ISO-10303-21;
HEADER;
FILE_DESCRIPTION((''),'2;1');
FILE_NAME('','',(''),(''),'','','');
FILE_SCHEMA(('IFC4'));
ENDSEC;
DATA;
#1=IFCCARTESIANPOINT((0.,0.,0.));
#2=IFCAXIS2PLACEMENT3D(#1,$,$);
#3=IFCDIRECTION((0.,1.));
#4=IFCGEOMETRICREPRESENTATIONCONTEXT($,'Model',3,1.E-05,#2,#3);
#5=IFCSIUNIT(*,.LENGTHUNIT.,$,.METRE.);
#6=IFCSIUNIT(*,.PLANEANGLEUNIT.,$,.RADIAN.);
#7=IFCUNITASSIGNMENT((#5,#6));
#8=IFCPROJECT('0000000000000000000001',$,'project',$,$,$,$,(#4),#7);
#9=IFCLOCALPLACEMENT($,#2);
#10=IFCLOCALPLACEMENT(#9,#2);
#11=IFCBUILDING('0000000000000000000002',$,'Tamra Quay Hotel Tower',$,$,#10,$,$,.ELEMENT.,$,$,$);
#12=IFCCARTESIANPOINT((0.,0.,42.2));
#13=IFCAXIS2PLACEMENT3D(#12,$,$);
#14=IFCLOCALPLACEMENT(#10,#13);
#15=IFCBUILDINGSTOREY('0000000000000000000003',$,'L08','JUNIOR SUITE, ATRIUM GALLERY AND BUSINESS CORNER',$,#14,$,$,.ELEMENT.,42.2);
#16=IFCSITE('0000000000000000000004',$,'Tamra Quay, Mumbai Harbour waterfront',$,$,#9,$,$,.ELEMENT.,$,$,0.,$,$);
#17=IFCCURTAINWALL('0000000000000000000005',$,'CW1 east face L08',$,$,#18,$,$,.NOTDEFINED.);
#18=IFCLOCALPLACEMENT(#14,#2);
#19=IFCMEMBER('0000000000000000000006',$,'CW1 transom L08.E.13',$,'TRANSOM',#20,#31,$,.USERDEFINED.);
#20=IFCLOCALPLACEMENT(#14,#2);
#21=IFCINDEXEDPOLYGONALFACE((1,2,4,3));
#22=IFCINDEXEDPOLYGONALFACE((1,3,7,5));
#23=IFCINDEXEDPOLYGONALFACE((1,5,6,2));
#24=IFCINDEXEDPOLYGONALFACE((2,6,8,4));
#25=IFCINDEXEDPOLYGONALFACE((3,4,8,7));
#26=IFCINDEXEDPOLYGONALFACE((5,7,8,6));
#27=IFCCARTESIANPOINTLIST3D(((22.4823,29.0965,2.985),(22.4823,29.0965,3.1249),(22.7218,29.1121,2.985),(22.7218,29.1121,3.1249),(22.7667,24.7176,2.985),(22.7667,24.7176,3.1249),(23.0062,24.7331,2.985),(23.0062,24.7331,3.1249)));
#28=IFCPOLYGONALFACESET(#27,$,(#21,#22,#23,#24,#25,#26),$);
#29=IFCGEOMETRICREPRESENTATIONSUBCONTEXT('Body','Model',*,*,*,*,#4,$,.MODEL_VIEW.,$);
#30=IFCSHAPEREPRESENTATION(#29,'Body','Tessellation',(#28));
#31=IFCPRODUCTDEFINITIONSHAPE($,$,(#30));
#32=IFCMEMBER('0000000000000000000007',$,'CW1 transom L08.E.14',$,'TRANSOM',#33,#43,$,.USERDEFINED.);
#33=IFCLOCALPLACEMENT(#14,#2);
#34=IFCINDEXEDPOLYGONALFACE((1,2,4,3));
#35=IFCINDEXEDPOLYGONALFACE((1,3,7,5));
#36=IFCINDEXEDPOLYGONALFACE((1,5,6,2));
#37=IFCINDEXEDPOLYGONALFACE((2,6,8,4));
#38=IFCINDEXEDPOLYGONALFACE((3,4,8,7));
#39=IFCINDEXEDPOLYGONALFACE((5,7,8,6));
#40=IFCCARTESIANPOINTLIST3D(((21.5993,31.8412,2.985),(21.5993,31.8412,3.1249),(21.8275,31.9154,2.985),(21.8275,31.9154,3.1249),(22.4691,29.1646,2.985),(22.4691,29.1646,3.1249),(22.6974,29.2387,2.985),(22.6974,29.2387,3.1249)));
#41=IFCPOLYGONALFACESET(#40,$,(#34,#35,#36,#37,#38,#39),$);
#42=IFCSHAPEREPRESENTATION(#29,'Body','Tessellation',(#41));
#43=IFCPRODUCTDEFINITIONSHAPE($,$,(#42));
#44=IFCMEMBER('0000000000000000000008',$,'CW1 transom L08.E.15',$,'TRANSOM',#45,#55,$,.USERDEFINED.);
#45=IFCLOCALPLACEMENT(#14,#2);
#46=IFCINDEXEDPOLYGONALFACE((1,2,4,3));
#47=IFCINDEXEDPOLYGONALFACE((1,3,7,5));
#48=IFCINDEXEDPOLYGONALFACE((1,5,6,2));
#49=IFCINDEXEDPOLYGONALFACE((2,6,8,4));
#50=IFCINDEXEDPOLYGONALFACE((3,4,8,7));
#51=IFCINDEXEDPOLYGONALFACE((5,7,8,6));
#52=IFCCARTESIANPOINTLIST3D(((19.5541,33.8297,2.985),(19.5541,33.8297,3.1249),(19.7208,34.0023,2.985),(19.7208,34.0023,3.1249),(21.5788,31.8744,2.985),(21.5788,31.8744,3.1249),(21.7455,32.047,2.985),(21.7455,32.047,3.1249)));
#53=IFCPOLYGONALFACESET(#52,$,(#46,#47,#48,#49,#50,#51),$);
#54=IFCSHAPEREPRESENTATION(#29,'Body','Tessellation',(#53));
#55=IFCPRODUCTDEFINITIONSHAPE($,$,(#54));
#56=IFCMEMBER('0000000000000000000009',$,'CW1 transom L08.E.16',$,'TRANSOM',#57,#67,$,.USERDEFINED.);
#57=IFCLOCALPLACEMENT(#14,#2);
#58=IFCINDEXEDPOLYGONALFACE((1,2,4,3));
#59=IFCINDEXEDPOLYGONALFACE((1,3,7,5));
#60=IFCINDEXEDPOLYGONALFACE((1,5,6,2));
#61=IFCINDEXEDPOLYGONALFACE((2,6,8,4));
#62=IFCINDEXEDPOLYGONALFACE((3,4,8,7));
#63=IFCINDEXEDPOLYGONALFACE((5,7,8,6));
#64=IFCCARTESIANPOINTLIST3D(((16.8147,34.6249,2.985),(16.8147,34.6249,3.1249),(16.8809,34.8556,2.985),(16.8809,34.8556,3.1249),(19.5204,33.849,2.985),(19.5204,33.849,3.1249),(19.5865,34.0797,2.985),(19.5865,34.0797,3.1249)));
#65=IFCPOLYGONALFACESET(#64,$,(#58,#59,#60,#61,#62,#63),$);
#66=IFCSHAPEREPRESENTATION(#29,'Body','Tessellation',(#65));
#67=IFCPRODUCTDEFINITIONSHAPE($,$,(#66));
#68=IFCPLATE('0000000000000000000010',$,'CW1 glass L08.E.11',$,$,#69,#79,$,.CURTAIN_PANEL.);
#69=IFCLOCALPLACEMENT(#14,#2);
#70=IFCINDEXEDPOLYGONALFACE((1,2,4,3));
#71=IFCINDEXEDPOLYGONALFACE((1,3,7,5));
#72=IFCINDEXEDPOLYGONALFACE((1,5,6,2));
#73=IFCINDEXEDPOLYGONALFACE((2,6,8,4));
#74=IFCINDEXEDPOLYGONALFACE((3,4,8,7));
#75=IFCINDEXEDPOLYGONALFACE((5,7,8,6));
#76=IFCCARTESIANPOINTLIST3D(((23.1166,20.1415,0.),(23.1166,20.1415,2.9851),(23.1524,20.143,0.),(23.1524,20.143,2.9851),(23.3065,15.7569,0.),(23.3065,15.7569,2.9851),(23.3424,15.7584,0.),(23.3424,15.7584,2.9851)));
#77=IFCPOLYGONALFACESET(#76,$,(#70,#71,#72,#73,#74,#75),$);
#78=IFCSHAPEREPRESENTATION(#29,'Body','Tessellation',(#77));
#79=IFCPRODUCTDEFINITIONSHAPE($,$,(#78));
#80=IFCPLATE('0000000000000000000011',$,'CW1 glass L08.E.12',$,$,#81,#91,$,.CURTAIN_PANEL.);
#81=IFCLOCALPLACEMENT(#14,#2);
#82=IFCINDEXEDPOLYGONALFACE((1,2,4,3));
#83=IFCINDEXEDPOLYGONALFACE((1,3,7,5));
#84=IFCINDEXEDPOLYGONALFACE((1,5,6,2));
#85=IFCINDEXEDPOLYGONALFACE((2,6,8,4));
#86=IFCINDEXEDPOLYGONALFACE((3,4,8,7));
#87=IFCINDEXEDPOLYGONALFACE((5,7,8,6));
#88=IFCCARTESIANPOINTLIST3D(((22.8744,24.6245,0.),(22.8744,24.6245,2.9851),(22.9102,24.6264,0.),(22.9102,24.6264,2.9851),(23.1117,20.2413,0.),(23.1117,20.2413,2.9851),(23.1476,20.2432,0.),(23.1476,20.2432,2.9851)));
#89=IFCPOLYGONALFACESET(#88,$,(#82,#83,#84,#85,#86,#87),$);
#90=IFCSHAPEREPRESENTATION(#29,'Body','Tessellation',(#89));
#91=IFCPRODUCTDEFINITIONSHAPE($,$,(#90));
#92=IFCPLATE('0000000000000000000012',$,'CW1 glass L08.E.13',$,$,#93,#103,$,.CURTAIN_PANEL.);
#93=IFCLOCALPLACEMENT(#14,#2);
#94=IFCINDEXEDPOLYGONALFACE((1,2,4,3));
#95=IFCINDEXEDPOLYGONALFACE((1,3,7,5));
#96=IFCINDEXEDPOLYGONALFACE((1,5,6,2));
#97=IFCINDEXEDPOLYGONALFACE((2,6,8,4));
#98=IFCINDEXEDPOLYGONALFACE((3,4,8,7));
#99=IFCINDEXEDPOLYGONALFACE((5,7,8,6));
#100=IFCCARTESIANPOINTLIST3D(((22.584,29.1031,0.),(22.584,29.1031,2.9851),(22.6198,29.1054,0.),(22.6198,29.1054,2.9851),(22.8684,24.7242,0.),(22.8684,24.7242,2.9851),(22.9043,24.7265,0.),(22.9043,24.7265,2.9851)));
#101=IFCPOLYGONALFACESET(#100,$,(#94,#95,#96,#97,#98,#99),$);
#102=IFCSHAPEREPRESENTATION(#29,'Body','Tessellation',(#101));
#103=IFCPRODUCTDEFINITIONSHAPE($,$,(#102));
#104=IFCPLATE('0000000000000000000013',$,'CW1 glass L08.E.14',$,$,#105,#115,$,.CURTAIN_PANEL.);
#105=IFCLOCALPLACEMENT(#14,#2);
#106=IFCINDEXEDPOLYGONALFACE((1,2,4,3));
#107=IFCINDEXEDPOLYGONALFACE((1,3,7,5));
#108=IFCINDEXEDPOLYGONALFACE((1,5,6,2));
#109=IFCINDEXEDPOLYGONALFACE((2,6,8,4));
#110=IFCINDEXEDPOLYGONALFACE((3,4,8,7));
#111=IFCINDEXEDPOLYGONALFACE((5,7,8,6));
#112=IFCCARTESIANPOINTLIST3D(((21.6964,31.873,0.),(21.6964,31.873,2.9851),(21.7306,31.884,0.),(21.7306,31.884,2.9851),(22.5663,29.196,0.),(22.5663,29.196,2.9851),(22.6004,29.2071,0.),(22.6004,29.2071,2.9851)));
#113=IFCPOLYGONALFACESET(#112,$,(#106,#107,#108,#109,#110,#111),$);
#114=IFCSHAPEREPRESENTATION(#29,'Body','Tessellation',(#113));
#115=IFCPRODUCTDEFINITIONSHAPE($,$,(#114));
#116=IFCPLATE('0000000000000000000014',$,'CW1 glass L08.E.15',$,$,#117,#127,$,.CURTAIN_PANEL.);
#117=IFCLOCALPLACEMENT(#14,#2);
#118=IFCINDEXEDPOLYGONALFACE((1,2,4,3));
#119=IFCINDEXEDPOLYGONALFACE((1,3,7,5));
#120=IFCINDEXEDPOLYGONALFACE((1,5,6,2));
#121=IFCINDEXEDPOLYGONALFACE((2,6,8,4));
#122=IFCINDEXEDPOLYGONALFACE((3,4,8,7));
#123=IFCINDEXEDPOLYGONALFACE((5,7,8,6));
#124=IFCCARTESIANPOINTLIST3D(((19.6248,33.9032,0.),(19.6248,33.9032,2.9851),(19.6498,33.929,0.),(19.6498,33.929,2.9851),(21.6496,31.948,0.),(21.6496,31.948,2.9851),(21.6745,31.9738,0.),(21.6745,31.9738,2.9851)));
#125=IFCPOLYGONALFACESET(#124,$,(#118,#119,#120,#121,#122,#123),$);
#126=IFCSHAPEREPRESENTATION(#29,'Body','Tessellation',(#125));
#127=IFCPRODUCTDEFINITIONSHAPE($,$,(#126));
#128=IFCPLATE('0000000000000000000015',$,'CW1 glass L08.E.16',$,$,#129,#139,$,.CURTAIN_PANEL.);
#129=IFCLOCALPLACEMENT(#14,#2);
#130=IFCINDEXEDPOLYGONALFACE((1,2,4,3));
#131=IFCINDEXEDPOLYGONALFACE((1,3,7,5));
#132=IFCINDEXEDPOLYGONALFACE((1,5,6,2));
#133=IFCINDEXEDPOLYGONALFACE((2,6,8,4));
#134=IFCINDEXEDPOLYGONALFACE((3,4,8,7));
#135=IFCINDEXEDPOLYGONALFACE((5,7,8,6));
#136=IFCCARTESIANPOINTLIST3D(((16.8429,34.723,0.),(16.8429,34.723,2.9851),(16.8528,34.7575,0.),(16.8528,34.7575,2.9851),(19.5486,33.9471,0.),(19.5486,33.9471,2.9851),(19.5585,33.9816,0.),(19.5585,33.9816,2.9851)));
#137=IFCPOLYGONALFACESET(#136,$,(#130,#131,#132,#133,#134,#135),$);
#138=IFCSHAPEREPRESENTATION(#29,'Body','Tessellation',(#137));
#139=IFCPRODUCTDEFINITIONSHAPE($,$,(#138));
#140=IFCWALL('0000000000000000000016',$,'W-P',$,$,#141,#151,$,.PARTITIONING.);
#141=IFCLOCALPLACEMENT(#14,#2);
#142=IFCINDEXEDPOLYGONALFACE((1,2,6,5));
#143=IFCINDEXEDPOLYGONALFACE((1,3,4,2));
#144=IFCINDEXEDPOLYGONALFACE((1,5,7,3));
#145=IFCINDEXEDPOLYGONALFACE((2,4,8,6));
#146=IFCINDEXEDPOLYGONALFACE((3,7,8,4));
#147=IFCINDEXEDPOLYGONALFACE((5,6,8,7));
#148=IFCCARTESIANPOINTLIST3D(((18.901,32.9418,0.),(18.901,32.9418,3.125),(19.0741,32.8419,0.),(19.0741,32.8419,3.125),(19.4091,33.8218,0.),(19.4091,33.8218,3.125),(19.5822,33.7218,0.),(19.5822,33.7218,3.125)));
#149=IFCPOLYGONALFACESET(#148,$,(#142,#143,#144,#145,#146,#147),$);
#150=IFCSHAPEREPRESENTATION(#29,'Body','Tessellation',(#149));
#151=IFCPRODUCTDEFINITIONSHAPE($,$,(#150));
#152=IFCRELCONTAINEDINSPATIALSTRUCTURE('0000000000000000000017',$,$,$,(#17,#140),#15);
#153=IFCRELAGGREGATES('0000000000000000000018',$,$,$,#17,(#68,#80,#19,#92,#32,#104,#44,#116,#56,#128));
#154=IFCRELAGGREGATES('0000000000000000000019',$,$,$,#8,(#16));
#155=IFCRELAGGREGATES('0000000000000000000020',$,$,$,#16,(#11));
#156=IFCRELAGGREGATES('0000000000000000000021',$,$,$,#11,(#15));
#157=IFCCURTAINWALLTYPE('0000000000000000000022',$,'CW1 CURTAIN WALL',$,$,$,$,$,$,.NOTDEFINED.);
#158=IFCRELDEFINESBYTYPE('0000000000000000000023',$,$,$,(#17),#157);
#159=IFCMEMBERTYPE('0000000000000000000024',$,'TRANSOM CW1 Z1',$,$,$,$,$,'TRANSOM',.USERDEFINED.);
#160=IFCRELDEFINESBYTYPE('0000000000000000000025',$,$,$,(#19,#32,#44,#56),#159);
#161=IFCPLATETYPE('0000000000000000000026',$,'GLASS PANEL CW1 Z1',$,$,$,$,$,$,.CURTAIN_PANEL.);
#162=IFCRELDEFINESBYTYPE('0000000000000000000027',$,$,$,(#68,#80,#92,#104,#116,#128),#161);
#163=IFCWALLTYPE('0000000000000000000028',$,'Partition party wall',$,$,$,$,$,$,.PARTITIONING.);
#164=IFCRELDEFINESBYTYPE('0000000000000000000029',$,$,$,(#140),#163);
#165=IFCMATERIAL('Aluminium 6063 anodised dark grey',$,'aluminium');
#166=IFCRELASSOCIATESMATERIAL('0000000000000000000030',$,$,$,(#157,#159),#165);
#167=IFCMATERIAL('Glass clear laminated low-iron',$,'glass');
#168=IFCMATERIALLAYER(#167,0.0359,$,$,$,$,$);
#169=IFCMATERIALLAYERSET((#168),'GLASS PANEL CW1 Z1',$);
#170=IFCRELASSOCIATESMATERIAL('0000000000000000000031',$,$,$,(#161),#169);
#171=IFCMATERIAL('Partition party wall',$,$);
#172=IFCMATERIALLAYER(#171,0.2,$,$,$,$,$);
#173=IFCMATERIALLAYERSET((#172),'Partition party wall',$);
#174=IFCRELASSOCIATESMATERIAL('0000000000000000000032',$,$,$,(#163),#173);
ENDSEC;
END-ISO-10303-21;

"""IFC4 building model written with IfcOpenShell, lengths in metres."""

from ifc_helpers import new_model, si_unit, direction, frame, frame_2d, origin, origin_2d, place, context, subcontext, project, spatial, rectangle, extrude, material, layer, layer_set, material_profile, profile_set, type_object, element, aggregate, save


model = new_model("IFC4")

# Units and contexts
model_context = context("Model", 3, precision=1e-05, world=origin(), true_north=direction((0.0, 1.0)))
body_context = subcontext(model_context, "Body", "Model", "MODEL_VIEW")
ifc_project = project(units=[si_unit("LENGTHUNIT", "METRE"), si_unit("PLANEANGLEUNIT", "RADIAN")], contexts=[model_context])

# Site, building, storey
site_placement = place(None, origin())
site = spatial("IfcSite", under=ifc_project, at=site_placement, Name="Tamra Quay, Mumbai Harbour waterfront", CompositionType="ELEMENT", RefElevation=0.0)
building_placement = place(site_placement, origin())
building = spatial("IfcBuilding", under=site, at=building_placement, Name="Tamra Quay Hotel Tower", CompositionType="ELEMENT")
storey_placement = place(building_placement, frame((0.0, 0.0, 42.2)))
storey = spatial("IfcBuildingStorey", under=building, at=storey_placement, Name="L08", Description="JUNIOR SUITE, ATRIUM GALLERY AND BUSINESS CORNER", CompositionType="ELEMENT", Elevation=42.2)

# Curtain wall
ifc_material_1 = material(Name="Aluminium 6063 anodised dark grey", Category="aluminium")
curtain_wall_type = type_object("IfcCurtainWallType", Name="CW1 CURTAIN WALL", PredefinedType="NOTDEFINED", material=ifc_material_1)
curtain_wall_placement = place(storey_placement, origin())
curtain_wall = element("IfcCurtainWall", 1, at=curtain_wall_placement, inside=storey, type_object=curtain_wall_type, Name="CW1 east face L08", PredefinedType="NOTDEFINED")

# Members
ifc_material_profile_1 = material_profile(ifc_material_1, rectangle(XDim=0.24, YDim=0.1399, at=origin_2d()), Name="TRANSOM 240X140")
ifc_profile_set_1 = profile_set([ifc_material_profile_1], Name="Aluminium 6063 anodised dark grey")
member_type_1 = type_object("IfcMemberType", Name="TRANSOM CW1 Z1", ElementType="TRANSOM", PredefinedType="USERDEFINED", material=ifc_profile_set_1)
member_1_placement = place(storey_placement, frame((22.8865, 24.7253, 3.0549), z_axis=(-0.064817, 0.997897, 0.0), x_axis=(-0.997897, -0.064817, 0.0)))
member_1 = element("IfcMember", 2, at=member_1_placement, type_object=member_type_1, Name="CW1 transom L08.E.13", ObjectType="TRANSOM", PredefinedType="USERDEFINED", context=body_context, shape_type="SweptSolid", body=[
    extrude(rectangle(XDim=0.24, YDim=0.1399, at=origin_2d()), origin(), (0.0, 0.0, 1.0), 4.3882),
])
member_2_placement = place(storey_placement, frame((22.5833, 29.2017, 3.0549), z_axis=(-0.309063, 0.951042, 0.0), x_axis=(-0.951042, -0.309063, 0.0)))
member_2 = element("IfcMember", 3, at=member_2_placement, type_object=member_type_1, Name="CW1 transom L08.E.14", ObjectType="TRANSOM", PredefinedType="USERDEFINED", context=body_context, shape_type="SweptSolid", body=[
    extrude(rectangle(XDim=0.24, YDim=0.1399, at=origin_2d()), origin(), (0.0, 0.0, 1.0), 2.8145),
])
member_3_placement = place(storey_placement, frame((21.6621, 31.9607, 3.0549), z_axis=(-0.719316, 0.694683, 0.0), x_axis=(-0.694683, -0.719316, 0.0)))
member_3 = element("IfcMember", 4, at=member_3_placement, type_object=member_type_1, Name="CW1 transom L08.E.15", ObjectType="TRANSOM", PredefinedType="USERDEFINED", context=body_context, shape_type="SweptSolid", body=[
    extrude(rectangle(XDim=0.24, YDim=0.1399, at=origin_2d()), origin(), (0.0, 0.0, 1.0), 2.8147),
])
member_4_placement = place(storey_placement, frame((19.5535, 33.9644, 3.0549), z_axis=(-0.961255, 0.27566, 0.0), x_axis=(-0.27566, -0.961255, 0.0)))
member_4 = element("IfcMember", 5, at=member_4_placement, type_object=member_type_1, Name="CW1 transom L08.E.16", ObjectType="TRANSOM", PredefinedType="USERDEFINED", context=body_context, shape_type="SweptSolid", body=[
    extrude(rectangle(XDim=0.24, YDim=0.1399, at=origin_2d()), origin(), (0.0, 0.0, 1.0), 2.8147),
])

# Plates
ifc_material_2 = material(Name="Glass clear laminated low-iron", Category="glass")
ifc_layer_1 = layer(ifc_material_2, 0.0359)
ifc_layer_set_1 = layer_set([ifc_layer_1], Name="GLASS PANEL CW1 Z1")
plate_type = type_object("IfcPlateType", Name="GLASS PANEL CW1 Z1", PredefinedType="CURTAIN_PANEL", material=ifc_layer_set_1)
plate_1_placement = place(storey_placement, frame((23.2295, 17.95, 0.0), z_axis=(0.0, 0.0, 1.0), x_axis=(-0.043286, 0.999063, 0.0)))
plate_1 = element("IfcPlate", 6, at=plate_1_placement, type_object=plate_type, Name="CW1 glass L08.E.11", PredefinedType="CURTAIN_PANEL", context=body_context, shape_type="SweptSolid", body=[
    extrude(rectangle(XDim=4.3887, YDim=0.0359, at=origin_2d()), origin(), (0.0, 0.0, 1.0), 2.9851),
])
plate_2_placement = place(storey_placement, frame((23.011, 22.4338, 0.0), z_axis=(0.0, 0.0, 1.0), x_axis=(-0.054062, 0.998538, 0.0)))
plate_2 = element("IfcPlate", 7, at=plate_2_placement, type_object=plate_type, Name="CW1 glass L08.E.12", PredefinedType="CURTAIN_PANEL", context=body_context, shape_type="SweptSolid", body=[
    extrude(rectangle(XDim=4.3896, YDim=0.0359, at=origin_2d()), origin(), (0.0, 0.0, 1.0), 2.9851),
])
plate_3_placement = place(storey_placement, frame((22.7441, 26.9148, 0.0), z_axis=(0.0, 0.0, 1.0), x_axis=(-0.064813, 0.997897, 0.0)))
plate_3 = element("IfcPlate", 8, at=plate_3_placement, type_object=plate_type, Name="CW1 glass L08.E.13", PredefinedType="CURTAIN_PANEL", context=body_context, shape_type="SweptSolid", body=[
    extrude(rectangle(XDim=4.3882, YDim=0.0359, at=origin_2d()), origin(), (0.0, 0.0, 1.0), 2.9851),
])
plate_4_placement = place(storey_placement, frame((22.1484, 30.54, 0.0), z_axis=(0.0, 0.0, 1.0), x_axis=(-0.309041, 0.951049, 0.0)))
plate_4 = element("IfcPlate", 9, at=plate_4_placement, type_object=plate_type, Name="CW1 glass L08.E.14", PredefinedType="CURTAIN_PANEL", context=body_context, shape_type="SweptSolid", body=[
    extrude(rectangle(XDim=2.8147, YDim=0.0359, at=origin_2d()), origin(), (0.0, 0.0, 1.0), 2.9851),
])
plate_5_placement = place(storey_placement, frame((20.6497, 32.9385, 0.0), z_axis=(0.0, 0.0, 1.0), x_axis=(-0.719346, 0.694652, 0.0)))
plate_5 = element("IfcPlate", 10, at=plate_5_placement, type_object=plate_type, Name="CW1 glass L08.E.15", PredefinedType="CURTAIN_PANEL", context=body_context, shape_type="SweptSolid", body=[
    extrude(rectangle(XDim=2.8147, YDim=0.0359, at=origin_2d()), origin(), (0.0, 0.0, 1.0), 2.9851),
])
plate_6_placement = place(storey_placement, frame((18.2007, 34.3523, 0.0), z_axis=(0.0, 0.0, 1.0), x_axis=(-0.961259, 0.275645, 0.0)))
plate_6 = element("IfcPlate", 11, at=plate_6_placement, type_object=plate_type, Name="CW1 glass L08.E.16", PredefinedType="CURTAIN_PANEL", context=body_context, shape_type="SweptSolid", body=[
    extrude(rectangle(XDim=2.8147, YDim=0.0359, at=origin_2d()), origin(), (0.0, 0.0, 1.0), 2.9851),
])
aggregate(curtain_wall, [plate_1, plate_2, member_1, plate_3, member_2, plate_4, member_3, plate_5, member_4, plate_6])

# Wall
ifc_material_3 = material(Name="Partition party wall")
ifc_layer_2 = layer(ifc_material_3, 0.2)
ifc_layer_set_2 = layer_set([ifc_layer_2], Name="Partition party wall")
wall_type = type_object("IfcWallType", Name="Partition party wall", PredefinedType="PARTITIONING", material=ifc_layer_set_2)
wall_placement = place(storey_placement, frame((18.9875, 32.8918, 0.0), z_axis=(0.0, 0.0, 1.0), x_axis=(0.500041, 0.866002, 0.0)))
element("IfcWall", 12, at=wall_placement, inside=storey, type_object=wall_type, Name="W-P", PredefinedType="PARTITIONING", context=body_context, shape_type="SweptSolid", body=[
    extrude(rectangle(XDim=1.0161, YDim=0.2, at=frame_2d((0.5081, 0.0))), origin(), (0.0, 0.0, 1.0), 3.125),
])

save(model, "model.ifc")
